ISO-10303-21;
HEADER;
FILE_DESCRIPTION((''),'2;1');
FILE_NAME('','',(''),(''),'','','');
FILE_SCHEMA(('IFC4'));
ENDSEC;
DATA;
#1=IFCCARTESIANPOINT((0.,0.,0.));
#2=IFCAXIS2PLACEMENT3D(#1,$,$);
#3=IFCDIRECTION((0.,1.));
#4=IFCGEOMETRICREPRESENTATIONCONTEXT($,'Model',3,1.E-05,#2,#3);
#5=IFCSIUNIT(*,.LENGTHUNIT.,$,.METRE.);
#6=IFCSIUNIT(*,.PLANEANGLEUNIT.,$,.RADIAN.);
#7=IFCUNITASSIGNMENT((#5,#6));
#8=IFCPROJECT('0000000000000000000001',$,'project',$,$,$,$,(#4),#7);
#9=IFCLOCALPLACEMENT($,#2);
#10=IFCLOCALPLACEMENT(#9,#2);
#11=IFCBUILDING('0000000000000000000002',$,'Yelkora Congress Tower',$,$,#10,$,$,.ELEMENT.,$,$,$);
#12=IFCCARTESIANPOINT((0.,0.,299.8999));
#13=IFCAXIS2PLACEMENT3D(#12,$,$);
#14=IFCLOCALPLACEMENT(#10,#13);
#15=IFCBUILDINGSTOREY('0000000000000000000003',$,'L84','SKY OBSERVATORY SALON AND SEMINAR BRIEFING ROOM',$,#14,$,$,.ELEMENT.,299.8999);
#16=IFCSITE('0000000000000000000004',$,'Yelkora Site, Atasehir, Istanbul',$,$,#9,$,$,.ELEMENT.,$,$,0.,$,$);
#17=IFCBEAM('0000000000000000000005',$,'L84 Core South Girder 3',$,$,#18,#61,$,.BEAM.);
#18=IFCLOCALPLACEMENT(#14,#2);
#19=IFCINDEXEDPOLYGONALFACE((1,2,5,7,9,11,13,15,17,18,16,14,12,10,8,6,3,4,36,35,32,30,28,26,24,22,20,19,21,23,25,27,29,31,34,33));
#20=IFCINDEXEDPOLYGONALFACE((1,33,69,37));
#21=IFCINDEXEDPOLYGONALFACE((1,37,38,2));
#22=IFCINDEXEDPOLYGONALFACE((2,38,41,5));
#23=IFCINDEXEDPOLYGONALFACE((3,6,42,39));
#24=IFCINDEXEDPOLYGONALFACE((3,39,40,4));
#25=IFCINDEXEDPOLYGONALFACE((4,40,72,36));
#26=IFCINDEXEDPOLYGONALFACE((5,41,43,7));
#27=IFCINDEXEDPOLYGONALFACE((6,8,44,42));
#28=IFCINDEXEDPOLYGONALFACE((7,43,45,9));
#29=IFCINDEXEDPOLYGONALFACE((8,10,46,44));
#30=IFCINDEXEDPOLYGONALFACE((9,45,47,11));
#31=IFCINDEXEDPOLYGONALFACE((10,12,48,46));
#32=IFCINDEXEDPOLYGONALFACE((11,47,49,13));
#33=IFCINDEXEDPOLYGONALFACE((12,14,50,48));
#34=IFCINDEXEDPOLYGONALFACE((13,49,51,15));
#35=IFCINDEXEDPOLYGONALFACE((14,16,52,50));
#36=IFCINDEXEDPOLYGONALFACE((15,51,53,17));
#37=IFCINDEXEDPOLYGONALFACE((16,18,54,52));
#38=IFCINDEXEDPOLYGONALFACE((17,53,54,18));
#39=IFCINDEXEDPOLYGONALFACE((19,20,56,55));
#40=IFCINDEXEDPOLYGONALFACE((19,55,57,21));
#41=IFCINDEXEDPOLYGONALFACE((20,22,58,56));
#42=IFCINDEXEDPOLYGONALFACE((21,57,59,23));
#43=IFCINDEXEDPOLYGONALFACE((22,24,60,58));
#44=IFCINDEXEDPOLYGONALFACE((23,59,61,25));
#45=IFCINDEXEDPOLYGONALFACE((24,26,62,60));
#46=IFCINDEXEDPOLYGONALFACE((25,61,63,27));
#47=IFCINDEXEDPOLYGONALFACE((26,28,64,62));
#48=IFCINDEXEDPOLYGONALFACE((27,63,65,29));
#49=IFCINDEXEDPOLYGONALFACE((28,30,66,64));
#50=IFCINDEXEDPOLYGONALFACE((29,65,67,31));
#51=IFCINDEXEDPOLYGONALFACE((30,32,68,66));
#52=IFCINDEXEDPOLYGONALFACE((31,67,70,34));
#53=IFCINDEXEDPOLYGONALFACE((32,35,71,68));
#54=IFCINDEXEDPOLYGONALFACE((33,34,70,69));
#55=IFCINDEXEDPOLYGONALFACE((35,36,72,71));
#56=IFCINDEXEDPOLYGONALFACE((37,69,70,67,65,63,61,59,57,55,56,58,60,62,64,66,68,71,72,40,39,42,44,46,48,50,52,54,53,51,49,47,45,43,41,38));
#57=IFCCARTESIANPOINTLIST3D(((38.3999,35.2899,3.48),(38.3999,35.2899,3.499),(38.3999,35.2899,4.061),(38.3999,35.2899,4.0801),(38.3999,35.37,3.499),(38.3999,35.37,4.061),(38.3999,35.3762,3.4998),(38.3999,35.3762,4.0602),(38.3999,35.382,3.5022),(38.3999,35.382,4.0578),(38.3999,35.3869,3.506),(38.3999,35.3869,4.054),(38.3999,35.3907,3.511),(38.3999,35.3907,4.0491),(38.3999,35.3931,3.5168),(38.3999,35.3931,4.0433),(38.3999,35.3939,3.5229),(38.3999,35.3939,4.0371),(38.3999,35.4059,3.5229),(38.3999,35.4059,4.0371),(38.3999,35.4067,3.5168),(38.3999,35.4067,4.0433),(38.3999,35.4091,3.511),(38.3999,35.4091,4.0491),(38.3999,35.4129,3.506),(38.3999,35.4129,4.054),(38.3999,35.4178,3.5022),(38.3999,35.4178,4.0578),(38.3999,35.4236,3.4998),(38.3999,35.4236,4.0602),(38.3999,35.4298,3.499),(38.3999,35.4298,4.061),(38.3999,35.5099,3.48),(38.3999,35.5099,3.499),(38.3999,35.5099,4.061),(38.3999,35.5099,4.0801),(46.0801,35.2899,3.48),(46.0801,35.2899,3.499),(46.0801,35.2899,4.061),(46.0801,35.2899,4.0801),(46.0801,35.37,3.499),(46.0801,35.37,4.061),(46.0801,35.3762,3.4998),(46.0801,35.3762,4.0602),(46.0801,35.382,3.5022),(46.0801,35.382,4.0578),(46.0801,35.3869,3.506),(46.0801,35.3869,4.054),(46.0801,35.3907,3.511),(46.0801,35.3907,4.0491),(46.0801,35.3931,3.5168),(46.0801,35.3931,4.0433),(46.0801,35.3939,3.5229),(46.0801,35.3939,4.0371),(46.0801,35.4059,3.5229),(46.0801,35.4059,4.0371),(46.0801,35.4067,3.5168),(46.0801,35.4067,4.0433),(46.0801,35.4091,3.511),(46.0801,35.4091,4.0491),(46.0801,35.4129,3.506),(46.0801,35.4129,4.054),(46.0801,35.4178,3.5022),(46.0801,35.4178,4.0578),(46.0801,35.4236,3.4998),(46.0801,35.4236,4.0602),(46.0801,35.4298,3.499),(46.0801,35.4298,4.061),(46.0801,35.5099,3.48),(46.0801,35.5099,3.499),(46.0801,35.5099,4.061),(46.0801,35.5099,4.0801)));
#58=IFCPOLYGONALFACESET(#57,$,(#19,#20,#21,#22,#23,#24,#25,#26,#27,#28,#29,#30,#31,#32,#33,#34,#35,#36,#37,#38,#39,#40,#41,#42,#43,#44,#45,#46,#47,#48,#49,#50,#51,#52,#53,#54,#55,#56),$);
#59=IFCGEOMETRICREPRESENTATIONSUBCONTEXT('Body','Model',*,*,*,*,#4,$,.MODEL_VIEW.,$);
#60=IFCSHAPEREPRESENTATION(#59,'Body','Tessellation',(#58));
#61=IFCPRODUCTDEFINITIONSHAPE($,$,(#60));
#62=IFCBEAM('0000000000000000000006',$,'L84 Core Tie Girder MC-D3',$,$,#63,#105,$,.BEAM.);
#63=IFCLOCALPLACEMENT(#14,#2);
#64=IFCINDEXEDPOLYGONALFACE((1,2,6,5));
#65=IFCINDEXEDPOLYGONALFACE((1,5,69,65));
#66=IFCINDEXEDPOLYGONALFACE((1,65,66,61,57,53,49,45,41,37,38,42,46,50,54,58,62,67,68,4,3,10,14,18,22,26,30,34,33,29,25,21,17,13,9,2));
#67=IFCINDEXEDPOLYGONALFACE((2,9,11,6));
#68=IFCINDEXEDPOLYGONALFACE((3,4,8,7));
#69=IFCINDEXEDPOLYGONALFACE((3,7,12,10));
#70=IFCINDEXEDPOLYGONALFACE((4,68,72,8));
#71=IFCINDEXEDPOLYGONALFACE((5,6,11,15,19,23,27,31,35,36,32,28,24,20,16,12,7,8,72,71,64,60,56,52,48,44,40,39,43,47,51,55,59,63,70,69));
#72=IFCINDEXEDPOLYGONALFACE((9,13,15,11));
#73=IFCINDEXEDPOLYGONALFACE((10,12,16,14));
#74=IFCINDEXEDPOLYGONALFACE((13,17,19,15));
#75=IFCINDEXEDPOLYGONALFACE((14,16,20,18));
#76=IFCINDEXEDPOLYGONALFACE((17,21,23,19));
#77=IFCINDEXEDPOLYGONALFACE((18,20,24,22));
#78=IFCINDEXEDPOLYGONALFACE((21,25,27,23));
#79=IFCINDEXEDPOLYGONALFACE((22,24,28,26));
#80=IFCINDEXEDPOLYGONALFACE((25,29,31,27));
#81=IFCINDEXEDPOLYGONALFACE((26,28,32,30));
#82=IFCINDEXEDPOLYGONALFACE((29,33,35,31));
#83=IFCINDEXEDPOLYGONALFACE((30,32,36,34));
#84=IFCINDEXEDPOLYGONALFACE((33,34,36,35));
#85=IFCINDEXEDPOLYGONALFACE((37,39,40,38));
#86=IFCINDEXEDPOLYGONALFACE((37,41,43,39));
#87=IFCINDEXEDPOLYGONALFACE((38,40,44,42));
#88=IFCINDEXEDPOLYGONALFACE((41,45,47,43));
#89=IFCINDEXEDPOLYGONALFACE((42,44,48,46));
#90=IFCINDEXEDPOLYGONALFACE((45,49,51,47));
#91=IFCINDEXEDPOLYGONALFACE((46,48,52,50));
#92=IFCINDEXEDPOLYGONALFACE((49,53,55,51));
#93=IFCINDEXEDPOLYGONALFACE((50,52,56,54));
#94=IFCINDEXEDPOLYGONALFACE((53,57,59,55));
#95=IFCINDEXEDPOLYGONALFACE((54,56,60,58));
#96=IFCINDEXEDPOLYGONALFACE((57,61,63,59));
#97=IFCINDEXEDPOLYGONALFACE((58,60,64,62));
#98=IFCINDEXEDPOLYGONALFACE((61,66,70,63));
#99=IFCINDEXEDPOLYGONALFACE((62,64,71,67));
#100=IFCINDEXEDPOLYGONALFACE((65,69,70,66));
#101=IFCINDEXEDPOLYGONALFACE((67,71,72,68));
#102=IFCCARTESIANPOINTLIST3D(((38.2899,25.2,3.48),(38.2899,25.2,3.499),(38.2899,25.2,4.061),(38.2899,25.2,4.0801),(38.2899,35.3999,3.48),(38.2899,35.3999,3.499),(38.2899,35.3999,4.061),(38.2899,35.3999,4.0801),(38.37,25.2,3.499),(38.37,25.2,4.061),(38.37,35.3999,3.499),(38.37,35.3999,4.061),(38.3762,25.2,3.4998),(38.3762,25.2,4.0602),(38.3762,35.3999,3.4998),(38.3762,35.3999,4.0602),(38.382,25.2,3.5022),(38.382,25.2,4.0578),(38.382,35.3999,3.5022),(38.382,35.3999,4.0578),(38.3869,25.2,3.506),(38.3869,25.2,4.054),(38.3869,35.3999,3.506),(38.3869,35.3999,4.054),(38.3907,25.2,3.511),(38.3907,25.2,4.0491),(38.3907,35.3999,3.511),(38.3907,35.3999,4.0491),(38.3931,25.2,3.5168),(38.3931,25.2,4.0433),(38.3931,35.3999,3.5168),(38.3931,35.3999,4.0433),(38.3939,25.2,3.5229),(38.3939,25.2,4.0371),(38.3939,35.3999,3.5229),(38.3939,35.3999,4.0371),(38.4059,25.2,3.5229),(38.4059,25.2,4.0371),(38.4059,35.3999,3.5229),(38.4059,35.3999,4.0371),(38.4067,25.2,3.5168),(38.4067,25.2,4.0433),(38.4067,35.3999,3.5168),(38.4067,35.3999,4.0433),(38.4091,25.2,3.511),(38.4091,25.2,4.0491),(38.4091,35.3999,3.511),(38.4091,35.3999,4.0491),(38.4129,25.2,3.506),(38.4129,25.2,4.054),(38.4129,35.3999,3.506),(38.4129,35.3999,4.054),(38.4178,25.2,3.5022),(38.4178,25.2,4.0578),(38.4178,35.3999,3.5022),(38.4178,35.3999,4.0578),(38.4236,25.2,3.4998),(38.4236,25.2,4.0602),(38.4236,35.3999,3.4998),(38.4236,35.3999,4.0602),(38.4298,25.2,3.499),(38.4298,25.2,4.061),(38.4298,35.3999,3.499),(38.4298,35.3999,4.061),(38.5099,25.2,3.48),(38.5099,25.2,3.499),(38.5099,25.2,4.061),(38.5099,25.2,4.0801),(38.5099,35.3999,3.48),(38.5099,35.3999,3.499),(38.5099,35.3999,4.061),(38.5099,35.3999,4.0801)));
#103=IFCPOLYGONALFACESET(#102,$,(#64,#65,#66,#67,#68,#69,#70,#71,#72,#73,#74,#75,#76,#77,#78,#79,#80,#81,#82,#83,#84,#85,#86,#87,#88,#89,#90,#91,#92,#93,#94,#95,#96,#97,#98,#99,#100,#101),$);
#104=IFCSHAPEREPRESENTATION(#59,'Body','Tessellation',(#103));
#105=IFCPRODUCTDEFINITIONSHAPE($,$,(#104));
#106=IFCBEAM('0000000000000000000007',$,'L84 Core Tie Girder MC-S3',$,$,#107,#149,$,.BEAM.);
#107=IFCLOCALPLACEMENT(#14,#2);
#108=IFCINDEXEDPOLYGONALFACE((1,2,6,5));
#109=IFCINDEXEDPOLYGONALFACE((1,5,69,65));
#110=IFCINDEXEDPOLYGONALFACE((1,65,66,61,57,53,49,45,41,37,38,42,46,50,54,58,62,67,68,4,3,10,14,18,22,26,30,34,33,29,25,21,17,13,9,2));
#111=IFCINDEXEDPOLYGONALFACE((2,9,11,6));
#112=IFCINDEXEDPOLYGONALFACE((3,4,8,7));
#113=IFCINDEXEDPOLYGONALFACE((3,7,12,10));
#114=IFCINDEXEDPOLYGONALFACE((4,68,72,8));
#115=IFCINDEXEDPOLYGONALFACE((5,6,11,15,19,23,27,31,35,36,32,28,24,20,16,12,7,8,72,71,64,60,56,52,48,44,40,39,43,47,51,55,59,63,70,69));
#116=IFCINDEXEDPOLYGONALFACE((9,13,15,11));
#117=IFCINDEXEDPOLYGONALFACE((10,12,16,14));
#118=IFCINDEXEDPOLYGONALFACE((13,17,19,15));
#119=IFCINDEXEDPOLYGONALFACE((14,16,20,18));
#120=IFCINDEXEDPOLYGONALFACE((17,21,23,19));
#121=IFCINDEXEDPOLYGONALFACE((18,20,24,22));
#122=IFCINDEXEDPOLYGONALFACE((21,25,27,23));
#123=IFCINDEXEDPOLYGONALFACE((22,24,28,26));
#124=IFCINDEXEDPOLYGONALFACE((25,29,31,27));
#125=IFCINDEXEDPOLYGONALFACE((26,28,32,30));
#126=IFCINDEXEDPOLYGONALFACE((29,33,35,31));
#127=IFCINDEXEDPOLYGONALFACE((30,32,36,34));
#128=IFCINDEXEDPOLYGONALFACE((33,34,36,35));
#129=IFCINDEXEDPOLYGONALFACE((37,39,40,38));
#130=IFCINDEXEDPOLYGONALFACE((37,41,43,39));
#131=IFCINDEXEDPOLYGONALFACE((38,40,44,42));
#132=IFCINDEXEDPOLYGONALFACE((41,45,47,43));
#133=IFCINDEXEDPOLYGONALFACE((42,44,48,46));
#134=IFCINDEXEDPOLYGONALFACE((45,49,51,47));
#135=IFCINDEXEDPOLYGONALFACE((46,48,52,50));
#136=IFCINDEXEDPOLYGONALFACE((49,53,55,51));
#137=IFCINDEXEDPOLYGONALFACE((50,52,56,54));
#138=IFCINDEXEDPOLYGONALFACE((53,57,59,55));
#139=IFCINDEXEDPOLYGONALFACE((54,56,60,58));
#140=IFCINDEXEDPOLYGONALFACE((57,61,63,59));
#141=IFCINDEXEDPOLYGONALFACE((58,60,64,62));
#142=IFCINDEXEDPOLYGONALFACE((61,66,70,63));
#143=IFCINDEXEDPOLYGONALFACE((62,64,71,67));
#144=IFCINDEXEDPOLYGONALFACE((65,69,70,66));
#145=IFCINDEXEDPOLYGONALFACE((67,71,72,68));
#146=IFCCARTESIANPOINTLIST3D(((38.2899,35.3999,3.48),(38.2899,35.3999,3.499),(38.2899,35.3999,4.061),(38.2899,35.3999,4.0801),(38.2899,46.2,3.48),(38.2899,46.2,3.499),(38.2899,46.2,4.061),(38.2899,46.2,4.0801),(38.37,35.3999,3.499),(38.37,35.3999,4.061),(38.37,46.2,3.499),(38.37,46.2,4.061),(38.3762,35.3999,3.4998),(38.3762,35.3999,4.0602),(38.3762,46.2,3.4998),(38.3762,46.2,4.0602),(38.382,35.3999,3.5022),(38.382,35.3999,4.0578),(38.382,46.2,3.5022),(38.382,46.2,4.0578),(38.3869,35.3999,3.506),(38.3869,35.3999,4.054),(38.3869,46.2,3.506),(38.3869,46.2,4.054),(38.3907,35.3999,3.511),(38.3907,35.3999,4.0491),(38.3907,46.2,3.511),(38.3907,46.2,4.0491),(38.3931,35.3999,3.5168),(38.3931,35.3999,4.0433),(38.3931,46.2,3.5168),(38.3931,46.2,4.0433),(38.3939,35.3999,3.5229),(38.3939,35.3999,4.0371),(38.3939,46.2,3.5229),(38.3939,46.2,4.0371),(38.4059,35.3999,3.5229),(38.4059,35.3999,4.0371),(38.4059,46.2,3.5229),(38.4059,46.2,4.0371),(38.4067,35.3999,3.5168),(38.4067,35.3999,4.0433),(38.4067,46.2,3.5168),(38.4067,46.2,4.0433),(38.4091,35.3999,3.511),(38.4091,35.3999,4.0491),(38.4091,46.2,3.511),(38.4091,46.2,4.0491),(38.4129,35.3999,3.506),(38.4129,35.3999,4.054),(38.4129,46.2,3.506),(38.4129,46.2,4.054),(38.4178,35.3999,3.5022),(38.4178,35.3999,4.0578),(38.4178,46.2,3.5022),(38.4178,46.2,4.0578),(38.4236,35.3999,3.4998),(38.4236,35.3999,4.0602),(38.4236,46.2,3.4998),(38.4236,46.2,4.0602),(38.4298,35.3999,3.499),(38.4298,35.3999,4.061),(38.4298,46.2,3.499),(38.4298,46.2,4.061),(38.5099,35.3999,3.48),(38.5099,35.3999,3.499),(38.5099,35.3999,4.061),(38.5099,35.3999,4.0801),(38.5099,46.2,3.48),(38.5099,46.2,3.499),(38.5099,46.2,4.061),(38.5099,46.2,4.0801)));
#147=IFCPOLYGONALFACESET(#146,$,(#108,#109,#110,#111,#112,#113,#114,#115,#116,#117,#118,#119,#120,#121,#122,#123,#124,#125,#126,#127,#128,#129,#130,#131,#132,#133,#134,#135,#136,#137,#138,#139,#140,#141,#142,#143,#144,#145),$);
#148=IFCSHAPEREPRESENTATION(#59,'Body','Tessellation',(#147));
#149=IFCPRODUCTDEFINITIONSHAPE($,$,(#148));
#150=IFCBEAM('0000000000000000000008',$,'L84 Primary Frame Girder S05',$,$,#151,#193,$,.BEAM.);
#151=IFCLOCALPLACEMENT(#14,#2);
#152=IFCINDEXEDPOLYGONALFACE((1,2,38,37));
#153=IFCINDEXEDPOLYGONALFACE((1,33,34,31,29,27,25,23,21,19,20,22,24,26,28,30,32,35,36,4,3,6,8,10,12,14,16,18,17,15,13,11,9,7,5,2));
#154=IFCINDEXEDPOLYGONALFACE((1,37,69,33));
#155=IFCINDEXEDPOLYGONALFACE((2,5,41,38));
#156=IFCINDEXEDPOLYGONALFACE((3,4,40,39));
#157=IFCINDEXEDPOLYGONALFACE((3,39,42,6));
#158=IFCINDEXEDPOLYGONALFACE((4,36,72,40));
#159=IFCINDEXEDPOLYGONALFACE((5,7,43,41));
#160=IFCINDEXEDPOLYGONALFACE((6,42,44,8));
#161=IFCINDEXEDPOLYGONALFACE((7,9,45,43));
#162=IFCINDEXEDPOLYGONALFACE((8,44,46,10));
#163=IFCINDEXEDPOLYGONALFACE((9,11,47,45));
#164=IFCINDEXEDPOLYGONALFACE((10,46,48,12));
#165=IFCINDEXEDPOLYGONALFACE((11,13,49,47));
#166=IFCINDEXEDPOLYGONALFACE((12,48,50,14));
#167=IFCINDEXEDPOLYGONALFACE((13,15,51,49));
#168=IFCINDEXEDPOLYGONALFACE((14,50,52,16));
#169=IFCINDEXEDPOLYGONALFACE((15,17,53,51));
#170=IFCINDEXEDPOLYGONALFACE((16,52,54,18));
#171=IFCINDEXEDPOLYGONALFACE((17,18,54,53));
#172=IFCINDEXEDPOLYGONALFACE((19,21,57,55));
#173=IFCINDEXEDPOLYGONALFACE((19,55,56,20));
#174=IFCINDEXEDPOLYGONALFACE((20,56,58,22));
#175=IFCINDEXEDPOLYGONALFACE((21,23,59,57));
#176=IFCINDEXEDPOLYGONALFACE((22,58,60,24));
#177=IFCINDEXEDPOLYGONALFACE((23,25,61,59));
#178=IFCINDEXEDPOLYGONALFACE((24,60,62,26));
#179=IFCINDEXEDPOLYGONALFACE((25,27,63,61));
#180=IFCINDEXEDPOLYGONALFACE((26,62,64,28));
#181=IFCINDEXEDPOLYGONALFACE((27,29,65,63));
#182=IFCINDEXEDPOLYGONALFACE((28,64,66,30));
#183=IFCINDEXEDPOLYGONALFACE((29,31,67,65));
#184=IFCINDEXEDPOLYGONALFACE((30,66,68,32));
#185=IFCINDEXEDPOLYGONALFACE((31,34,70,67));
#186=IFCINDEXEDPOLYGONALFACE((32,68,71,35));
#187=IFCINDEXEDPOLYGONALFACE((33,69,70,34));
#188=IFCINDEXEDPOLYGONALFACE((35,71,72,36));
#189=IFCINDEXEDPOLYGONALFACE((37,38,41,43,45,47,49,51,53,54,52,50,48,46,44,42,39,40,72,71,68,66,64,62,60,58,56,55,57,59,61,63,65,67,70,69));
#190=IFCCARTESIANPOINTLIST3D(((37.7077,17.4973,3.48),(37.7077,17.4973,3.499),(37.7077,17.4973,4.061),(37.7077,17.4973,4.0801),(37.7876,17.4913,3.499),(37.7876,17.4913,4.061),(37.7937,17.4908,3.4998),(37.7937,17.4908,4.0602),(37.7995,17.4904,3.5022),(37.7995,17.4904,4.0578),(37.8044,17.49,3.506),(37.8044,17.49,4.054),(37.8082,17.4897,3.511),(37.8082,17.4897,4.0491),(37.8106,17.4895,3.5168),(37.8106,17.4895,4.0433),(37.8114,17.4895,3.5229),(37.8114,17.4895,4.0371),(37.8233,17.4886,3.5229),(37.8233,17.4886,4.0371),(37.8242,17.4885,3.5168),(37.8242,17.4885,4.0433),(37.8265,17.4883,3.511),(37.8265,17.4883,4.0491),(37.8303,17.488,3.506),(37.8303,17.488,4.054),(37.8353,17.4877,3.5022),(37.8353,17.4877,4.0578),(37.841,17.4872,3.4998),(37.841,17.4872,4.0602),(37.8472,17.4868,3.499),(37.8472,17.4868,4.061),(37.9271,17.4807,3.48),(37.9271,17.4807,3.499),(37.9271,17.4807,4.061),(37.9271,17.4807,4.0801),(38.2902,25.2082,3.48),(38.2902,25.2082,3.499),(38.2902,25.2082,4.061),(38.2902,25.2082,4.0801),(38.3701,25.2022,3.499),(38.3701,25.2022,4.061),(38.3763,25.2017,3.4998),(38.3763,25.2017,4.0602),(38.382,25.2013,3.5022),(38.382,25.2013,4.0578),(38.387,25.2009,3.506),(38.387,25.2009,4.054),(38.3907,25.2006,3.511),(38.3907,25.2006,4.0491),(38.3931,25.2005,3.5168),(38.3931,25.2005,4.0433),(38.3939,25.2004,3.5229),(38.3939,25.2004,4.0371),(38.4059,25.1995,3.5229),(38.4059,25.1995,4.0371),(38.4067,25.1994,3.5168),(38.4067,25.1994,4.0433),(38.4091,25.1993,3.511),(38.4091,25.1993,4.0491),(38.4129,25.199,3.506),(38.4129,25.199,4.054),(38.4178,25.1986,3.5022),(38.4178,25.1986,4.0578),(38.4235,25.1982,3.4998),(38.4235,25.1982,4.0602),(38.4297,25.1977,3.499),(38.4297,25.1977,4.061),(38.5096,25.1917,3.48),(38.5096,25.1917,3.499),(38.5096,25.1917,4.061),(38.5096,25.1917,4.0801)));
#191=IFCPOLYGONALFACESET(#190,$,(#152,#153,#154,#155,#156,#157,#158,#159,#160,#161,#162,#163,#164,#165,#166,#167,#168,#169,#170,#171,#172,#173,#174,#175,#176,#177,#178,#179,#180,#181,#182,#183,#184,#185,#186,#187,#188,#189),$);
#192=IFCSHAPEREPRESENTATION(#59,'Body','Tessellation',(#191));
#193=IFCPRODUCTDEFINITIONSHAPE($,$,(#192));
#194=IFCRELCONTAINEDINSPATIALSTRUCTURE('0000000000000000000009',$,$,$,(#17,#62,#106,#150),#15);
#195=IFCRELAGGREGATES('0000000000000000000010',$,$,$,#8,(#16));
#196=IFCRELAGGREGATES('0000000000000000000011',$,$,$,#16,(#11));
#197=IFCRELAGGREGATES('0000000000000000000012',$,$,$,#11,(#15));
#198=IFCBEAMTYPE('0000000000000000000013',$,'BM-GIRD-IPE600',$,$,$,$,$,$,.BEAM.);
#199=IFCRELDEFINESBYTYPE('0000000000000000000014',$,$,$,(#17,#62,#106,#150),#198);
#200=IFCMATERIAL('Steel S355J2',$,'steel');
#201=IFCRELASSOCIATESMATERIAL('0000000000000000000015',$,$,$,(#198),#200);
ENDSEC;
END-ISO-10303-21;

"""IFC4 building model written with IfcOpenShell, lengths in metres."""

from ifc_helpers import new_model, si_unit, direction, frame, origin, origin_2d, place, context, subcontext, project, spatial, i_section, extrude, material, material_profile, profile_set, type_object, element, save


model = new_model("IFC4")

# Units and contexts
model_context = context("Model", 3, precision=1e-05, world=origin(), true_north=direction((0.0, 1.0)))
body_context = subcontext(model_context, "Body", "Model", "MODEL_VIEW")
ifc_project = project(units=[si_unit("LENGTHUNIT", "METRE"), si_unit("PLANEANGLEUNIT", "RADIAN")], contexts=[model_context])

# Site, building, storey
site_placement = place(None, origin())
site = spatial("IfcSite", under=ifc_project, at=site_placement, Name="Yelkora Site, Atasehir, Istanbul", CompositionType="ELEMENT", RefElevation=0.0)
building_placement = place(site_placement, origin())
building = spatial("IfcBuilding", under=site, at=building_placement, Name="Yelkora Congress Tower", CompositionType="ELEMENT")
storey_placement = place(building_placement, frame((0.0, 0.0, 299.8999)))
storey = spatial("IfcBuildingStorey", under=building, at=storey_placement, Name="L84", Description="SKY OBSERVATORY SALON AND SEMINAR BRIEFING ROOM", CompositionType="ELEMENT", Elevation=299.8999)

# Beams
ifc_material_1 = material(Name="Steel S355J2", Category="steel")
ifc_material_profile_1 = material_profile(ifc_material_1, i_section(OverallWidth=0.22, OverallDepth=0.6001, WebThickness=0.012, FlangeThickness=0.019, FilletRadius=0.0239, at=origin_2d()), Name="IPE 600")
ifc_profile_set_1 = profile_set([ifc_material_profile_1], Name="Steel S355J2")
beam_type_1 = type_object("IfcBeamType", Name="BM-GIRD-IPE600", PredefinedType="BEAM", material=ifc_profile_set_1)
beam_1_placement = place(storey_placement, frame((38.3999, 35.3999, 3.78), z_axis=(1.0, 0.0, 0.0), x_axis=(0.0, 1.0, 0.0)))
element("IfcBeam", 1, at=beam_1_placement, inside=storey, type_object=beam_type_1, Name="L84 Core South Girder 3", PredefinedType="BEAM", context=body_context, shape_type="SweptSolid", body=[
    extrude(i_section(OverallWidth=0.22, OverallDepth=0.6001, WebThickness=0.012, FlangeThickness=0.019, FilletRadius=0.0239, at=origin_2d()), origin(), (0.0, 0.0, 1.0), 7.6802),
])
beam_2_placement = place(storey_placement, frame((38.3999, 25.2, 3.78), z_axis=(0.0, 1.0, 0.0), x_axis=(-1.0, 0.0, 0.0)))
element("IfcBeam", 2, at=beam_2_placement, inside=storey, type_object=beam_type_1, Name="L84 Core Tie Girder MC-D3", PredefinedType="BEAM", context=body_context, shape_type="SweptSolid", body=[
    extrude(i_section(OverallWidth=0.22, OverallDepth=0.6001, WebThickness=0.012, FlangeThickness=0.019, FilletRadius=0.0239, at=origin_2d()), origin(), (0.0, 0.0, 1.0), 10.2),
])
beam_3_placement = place(storey_placement, frame((38.3999, 35.3999, 3.78), z_axis=(0.0, 1.0, 0.0), x_axis=(-1.0, 0.0, 0.0)))
element("IfcBeam", 3, at=beam_3_placement, inside=storey, type_object=beam_type_1, Name="L84 Core Tie Girder MC-S3", PredefinedType="BEAM", context=body_context, shape_type="SweptSolid", body=[
    extrude(i_section(OverallWidth=0.22, OverallDepth=0.6001, WebThickness=0.012, FlangeThickness=0.019, FilletRadius=0.0239, at=origin_2d()), origin(), (0.0, 0.0, 1.0), 10.8),
])
beam_4_placement = place(storey_placement, frame((37.8174, 17.489, 3.78), z_axis=(0.07533, 0.997159, 0.0), x_axis=(-0.997159, 0.07533, 0.0)))
element("IfcBeam", 4, at=beam_4_placement, inside=storey, type_object=beam_type_1, Name="L84 Primary Frame Girder S05", PredefinedType="BEAM", context=body_context, shape_type="SweptSolid", body=[
    extrude(i_section(OverallWidth=0.22, OverallDepth=0.6001, WebThickness=0.012, FlangeThickness=0.019, FilletRadius=0.0239, at=origin_2d()), origin(), (0.0, 0.0, 1.0), 7.7329),
])

save(model, "model.ifc")
